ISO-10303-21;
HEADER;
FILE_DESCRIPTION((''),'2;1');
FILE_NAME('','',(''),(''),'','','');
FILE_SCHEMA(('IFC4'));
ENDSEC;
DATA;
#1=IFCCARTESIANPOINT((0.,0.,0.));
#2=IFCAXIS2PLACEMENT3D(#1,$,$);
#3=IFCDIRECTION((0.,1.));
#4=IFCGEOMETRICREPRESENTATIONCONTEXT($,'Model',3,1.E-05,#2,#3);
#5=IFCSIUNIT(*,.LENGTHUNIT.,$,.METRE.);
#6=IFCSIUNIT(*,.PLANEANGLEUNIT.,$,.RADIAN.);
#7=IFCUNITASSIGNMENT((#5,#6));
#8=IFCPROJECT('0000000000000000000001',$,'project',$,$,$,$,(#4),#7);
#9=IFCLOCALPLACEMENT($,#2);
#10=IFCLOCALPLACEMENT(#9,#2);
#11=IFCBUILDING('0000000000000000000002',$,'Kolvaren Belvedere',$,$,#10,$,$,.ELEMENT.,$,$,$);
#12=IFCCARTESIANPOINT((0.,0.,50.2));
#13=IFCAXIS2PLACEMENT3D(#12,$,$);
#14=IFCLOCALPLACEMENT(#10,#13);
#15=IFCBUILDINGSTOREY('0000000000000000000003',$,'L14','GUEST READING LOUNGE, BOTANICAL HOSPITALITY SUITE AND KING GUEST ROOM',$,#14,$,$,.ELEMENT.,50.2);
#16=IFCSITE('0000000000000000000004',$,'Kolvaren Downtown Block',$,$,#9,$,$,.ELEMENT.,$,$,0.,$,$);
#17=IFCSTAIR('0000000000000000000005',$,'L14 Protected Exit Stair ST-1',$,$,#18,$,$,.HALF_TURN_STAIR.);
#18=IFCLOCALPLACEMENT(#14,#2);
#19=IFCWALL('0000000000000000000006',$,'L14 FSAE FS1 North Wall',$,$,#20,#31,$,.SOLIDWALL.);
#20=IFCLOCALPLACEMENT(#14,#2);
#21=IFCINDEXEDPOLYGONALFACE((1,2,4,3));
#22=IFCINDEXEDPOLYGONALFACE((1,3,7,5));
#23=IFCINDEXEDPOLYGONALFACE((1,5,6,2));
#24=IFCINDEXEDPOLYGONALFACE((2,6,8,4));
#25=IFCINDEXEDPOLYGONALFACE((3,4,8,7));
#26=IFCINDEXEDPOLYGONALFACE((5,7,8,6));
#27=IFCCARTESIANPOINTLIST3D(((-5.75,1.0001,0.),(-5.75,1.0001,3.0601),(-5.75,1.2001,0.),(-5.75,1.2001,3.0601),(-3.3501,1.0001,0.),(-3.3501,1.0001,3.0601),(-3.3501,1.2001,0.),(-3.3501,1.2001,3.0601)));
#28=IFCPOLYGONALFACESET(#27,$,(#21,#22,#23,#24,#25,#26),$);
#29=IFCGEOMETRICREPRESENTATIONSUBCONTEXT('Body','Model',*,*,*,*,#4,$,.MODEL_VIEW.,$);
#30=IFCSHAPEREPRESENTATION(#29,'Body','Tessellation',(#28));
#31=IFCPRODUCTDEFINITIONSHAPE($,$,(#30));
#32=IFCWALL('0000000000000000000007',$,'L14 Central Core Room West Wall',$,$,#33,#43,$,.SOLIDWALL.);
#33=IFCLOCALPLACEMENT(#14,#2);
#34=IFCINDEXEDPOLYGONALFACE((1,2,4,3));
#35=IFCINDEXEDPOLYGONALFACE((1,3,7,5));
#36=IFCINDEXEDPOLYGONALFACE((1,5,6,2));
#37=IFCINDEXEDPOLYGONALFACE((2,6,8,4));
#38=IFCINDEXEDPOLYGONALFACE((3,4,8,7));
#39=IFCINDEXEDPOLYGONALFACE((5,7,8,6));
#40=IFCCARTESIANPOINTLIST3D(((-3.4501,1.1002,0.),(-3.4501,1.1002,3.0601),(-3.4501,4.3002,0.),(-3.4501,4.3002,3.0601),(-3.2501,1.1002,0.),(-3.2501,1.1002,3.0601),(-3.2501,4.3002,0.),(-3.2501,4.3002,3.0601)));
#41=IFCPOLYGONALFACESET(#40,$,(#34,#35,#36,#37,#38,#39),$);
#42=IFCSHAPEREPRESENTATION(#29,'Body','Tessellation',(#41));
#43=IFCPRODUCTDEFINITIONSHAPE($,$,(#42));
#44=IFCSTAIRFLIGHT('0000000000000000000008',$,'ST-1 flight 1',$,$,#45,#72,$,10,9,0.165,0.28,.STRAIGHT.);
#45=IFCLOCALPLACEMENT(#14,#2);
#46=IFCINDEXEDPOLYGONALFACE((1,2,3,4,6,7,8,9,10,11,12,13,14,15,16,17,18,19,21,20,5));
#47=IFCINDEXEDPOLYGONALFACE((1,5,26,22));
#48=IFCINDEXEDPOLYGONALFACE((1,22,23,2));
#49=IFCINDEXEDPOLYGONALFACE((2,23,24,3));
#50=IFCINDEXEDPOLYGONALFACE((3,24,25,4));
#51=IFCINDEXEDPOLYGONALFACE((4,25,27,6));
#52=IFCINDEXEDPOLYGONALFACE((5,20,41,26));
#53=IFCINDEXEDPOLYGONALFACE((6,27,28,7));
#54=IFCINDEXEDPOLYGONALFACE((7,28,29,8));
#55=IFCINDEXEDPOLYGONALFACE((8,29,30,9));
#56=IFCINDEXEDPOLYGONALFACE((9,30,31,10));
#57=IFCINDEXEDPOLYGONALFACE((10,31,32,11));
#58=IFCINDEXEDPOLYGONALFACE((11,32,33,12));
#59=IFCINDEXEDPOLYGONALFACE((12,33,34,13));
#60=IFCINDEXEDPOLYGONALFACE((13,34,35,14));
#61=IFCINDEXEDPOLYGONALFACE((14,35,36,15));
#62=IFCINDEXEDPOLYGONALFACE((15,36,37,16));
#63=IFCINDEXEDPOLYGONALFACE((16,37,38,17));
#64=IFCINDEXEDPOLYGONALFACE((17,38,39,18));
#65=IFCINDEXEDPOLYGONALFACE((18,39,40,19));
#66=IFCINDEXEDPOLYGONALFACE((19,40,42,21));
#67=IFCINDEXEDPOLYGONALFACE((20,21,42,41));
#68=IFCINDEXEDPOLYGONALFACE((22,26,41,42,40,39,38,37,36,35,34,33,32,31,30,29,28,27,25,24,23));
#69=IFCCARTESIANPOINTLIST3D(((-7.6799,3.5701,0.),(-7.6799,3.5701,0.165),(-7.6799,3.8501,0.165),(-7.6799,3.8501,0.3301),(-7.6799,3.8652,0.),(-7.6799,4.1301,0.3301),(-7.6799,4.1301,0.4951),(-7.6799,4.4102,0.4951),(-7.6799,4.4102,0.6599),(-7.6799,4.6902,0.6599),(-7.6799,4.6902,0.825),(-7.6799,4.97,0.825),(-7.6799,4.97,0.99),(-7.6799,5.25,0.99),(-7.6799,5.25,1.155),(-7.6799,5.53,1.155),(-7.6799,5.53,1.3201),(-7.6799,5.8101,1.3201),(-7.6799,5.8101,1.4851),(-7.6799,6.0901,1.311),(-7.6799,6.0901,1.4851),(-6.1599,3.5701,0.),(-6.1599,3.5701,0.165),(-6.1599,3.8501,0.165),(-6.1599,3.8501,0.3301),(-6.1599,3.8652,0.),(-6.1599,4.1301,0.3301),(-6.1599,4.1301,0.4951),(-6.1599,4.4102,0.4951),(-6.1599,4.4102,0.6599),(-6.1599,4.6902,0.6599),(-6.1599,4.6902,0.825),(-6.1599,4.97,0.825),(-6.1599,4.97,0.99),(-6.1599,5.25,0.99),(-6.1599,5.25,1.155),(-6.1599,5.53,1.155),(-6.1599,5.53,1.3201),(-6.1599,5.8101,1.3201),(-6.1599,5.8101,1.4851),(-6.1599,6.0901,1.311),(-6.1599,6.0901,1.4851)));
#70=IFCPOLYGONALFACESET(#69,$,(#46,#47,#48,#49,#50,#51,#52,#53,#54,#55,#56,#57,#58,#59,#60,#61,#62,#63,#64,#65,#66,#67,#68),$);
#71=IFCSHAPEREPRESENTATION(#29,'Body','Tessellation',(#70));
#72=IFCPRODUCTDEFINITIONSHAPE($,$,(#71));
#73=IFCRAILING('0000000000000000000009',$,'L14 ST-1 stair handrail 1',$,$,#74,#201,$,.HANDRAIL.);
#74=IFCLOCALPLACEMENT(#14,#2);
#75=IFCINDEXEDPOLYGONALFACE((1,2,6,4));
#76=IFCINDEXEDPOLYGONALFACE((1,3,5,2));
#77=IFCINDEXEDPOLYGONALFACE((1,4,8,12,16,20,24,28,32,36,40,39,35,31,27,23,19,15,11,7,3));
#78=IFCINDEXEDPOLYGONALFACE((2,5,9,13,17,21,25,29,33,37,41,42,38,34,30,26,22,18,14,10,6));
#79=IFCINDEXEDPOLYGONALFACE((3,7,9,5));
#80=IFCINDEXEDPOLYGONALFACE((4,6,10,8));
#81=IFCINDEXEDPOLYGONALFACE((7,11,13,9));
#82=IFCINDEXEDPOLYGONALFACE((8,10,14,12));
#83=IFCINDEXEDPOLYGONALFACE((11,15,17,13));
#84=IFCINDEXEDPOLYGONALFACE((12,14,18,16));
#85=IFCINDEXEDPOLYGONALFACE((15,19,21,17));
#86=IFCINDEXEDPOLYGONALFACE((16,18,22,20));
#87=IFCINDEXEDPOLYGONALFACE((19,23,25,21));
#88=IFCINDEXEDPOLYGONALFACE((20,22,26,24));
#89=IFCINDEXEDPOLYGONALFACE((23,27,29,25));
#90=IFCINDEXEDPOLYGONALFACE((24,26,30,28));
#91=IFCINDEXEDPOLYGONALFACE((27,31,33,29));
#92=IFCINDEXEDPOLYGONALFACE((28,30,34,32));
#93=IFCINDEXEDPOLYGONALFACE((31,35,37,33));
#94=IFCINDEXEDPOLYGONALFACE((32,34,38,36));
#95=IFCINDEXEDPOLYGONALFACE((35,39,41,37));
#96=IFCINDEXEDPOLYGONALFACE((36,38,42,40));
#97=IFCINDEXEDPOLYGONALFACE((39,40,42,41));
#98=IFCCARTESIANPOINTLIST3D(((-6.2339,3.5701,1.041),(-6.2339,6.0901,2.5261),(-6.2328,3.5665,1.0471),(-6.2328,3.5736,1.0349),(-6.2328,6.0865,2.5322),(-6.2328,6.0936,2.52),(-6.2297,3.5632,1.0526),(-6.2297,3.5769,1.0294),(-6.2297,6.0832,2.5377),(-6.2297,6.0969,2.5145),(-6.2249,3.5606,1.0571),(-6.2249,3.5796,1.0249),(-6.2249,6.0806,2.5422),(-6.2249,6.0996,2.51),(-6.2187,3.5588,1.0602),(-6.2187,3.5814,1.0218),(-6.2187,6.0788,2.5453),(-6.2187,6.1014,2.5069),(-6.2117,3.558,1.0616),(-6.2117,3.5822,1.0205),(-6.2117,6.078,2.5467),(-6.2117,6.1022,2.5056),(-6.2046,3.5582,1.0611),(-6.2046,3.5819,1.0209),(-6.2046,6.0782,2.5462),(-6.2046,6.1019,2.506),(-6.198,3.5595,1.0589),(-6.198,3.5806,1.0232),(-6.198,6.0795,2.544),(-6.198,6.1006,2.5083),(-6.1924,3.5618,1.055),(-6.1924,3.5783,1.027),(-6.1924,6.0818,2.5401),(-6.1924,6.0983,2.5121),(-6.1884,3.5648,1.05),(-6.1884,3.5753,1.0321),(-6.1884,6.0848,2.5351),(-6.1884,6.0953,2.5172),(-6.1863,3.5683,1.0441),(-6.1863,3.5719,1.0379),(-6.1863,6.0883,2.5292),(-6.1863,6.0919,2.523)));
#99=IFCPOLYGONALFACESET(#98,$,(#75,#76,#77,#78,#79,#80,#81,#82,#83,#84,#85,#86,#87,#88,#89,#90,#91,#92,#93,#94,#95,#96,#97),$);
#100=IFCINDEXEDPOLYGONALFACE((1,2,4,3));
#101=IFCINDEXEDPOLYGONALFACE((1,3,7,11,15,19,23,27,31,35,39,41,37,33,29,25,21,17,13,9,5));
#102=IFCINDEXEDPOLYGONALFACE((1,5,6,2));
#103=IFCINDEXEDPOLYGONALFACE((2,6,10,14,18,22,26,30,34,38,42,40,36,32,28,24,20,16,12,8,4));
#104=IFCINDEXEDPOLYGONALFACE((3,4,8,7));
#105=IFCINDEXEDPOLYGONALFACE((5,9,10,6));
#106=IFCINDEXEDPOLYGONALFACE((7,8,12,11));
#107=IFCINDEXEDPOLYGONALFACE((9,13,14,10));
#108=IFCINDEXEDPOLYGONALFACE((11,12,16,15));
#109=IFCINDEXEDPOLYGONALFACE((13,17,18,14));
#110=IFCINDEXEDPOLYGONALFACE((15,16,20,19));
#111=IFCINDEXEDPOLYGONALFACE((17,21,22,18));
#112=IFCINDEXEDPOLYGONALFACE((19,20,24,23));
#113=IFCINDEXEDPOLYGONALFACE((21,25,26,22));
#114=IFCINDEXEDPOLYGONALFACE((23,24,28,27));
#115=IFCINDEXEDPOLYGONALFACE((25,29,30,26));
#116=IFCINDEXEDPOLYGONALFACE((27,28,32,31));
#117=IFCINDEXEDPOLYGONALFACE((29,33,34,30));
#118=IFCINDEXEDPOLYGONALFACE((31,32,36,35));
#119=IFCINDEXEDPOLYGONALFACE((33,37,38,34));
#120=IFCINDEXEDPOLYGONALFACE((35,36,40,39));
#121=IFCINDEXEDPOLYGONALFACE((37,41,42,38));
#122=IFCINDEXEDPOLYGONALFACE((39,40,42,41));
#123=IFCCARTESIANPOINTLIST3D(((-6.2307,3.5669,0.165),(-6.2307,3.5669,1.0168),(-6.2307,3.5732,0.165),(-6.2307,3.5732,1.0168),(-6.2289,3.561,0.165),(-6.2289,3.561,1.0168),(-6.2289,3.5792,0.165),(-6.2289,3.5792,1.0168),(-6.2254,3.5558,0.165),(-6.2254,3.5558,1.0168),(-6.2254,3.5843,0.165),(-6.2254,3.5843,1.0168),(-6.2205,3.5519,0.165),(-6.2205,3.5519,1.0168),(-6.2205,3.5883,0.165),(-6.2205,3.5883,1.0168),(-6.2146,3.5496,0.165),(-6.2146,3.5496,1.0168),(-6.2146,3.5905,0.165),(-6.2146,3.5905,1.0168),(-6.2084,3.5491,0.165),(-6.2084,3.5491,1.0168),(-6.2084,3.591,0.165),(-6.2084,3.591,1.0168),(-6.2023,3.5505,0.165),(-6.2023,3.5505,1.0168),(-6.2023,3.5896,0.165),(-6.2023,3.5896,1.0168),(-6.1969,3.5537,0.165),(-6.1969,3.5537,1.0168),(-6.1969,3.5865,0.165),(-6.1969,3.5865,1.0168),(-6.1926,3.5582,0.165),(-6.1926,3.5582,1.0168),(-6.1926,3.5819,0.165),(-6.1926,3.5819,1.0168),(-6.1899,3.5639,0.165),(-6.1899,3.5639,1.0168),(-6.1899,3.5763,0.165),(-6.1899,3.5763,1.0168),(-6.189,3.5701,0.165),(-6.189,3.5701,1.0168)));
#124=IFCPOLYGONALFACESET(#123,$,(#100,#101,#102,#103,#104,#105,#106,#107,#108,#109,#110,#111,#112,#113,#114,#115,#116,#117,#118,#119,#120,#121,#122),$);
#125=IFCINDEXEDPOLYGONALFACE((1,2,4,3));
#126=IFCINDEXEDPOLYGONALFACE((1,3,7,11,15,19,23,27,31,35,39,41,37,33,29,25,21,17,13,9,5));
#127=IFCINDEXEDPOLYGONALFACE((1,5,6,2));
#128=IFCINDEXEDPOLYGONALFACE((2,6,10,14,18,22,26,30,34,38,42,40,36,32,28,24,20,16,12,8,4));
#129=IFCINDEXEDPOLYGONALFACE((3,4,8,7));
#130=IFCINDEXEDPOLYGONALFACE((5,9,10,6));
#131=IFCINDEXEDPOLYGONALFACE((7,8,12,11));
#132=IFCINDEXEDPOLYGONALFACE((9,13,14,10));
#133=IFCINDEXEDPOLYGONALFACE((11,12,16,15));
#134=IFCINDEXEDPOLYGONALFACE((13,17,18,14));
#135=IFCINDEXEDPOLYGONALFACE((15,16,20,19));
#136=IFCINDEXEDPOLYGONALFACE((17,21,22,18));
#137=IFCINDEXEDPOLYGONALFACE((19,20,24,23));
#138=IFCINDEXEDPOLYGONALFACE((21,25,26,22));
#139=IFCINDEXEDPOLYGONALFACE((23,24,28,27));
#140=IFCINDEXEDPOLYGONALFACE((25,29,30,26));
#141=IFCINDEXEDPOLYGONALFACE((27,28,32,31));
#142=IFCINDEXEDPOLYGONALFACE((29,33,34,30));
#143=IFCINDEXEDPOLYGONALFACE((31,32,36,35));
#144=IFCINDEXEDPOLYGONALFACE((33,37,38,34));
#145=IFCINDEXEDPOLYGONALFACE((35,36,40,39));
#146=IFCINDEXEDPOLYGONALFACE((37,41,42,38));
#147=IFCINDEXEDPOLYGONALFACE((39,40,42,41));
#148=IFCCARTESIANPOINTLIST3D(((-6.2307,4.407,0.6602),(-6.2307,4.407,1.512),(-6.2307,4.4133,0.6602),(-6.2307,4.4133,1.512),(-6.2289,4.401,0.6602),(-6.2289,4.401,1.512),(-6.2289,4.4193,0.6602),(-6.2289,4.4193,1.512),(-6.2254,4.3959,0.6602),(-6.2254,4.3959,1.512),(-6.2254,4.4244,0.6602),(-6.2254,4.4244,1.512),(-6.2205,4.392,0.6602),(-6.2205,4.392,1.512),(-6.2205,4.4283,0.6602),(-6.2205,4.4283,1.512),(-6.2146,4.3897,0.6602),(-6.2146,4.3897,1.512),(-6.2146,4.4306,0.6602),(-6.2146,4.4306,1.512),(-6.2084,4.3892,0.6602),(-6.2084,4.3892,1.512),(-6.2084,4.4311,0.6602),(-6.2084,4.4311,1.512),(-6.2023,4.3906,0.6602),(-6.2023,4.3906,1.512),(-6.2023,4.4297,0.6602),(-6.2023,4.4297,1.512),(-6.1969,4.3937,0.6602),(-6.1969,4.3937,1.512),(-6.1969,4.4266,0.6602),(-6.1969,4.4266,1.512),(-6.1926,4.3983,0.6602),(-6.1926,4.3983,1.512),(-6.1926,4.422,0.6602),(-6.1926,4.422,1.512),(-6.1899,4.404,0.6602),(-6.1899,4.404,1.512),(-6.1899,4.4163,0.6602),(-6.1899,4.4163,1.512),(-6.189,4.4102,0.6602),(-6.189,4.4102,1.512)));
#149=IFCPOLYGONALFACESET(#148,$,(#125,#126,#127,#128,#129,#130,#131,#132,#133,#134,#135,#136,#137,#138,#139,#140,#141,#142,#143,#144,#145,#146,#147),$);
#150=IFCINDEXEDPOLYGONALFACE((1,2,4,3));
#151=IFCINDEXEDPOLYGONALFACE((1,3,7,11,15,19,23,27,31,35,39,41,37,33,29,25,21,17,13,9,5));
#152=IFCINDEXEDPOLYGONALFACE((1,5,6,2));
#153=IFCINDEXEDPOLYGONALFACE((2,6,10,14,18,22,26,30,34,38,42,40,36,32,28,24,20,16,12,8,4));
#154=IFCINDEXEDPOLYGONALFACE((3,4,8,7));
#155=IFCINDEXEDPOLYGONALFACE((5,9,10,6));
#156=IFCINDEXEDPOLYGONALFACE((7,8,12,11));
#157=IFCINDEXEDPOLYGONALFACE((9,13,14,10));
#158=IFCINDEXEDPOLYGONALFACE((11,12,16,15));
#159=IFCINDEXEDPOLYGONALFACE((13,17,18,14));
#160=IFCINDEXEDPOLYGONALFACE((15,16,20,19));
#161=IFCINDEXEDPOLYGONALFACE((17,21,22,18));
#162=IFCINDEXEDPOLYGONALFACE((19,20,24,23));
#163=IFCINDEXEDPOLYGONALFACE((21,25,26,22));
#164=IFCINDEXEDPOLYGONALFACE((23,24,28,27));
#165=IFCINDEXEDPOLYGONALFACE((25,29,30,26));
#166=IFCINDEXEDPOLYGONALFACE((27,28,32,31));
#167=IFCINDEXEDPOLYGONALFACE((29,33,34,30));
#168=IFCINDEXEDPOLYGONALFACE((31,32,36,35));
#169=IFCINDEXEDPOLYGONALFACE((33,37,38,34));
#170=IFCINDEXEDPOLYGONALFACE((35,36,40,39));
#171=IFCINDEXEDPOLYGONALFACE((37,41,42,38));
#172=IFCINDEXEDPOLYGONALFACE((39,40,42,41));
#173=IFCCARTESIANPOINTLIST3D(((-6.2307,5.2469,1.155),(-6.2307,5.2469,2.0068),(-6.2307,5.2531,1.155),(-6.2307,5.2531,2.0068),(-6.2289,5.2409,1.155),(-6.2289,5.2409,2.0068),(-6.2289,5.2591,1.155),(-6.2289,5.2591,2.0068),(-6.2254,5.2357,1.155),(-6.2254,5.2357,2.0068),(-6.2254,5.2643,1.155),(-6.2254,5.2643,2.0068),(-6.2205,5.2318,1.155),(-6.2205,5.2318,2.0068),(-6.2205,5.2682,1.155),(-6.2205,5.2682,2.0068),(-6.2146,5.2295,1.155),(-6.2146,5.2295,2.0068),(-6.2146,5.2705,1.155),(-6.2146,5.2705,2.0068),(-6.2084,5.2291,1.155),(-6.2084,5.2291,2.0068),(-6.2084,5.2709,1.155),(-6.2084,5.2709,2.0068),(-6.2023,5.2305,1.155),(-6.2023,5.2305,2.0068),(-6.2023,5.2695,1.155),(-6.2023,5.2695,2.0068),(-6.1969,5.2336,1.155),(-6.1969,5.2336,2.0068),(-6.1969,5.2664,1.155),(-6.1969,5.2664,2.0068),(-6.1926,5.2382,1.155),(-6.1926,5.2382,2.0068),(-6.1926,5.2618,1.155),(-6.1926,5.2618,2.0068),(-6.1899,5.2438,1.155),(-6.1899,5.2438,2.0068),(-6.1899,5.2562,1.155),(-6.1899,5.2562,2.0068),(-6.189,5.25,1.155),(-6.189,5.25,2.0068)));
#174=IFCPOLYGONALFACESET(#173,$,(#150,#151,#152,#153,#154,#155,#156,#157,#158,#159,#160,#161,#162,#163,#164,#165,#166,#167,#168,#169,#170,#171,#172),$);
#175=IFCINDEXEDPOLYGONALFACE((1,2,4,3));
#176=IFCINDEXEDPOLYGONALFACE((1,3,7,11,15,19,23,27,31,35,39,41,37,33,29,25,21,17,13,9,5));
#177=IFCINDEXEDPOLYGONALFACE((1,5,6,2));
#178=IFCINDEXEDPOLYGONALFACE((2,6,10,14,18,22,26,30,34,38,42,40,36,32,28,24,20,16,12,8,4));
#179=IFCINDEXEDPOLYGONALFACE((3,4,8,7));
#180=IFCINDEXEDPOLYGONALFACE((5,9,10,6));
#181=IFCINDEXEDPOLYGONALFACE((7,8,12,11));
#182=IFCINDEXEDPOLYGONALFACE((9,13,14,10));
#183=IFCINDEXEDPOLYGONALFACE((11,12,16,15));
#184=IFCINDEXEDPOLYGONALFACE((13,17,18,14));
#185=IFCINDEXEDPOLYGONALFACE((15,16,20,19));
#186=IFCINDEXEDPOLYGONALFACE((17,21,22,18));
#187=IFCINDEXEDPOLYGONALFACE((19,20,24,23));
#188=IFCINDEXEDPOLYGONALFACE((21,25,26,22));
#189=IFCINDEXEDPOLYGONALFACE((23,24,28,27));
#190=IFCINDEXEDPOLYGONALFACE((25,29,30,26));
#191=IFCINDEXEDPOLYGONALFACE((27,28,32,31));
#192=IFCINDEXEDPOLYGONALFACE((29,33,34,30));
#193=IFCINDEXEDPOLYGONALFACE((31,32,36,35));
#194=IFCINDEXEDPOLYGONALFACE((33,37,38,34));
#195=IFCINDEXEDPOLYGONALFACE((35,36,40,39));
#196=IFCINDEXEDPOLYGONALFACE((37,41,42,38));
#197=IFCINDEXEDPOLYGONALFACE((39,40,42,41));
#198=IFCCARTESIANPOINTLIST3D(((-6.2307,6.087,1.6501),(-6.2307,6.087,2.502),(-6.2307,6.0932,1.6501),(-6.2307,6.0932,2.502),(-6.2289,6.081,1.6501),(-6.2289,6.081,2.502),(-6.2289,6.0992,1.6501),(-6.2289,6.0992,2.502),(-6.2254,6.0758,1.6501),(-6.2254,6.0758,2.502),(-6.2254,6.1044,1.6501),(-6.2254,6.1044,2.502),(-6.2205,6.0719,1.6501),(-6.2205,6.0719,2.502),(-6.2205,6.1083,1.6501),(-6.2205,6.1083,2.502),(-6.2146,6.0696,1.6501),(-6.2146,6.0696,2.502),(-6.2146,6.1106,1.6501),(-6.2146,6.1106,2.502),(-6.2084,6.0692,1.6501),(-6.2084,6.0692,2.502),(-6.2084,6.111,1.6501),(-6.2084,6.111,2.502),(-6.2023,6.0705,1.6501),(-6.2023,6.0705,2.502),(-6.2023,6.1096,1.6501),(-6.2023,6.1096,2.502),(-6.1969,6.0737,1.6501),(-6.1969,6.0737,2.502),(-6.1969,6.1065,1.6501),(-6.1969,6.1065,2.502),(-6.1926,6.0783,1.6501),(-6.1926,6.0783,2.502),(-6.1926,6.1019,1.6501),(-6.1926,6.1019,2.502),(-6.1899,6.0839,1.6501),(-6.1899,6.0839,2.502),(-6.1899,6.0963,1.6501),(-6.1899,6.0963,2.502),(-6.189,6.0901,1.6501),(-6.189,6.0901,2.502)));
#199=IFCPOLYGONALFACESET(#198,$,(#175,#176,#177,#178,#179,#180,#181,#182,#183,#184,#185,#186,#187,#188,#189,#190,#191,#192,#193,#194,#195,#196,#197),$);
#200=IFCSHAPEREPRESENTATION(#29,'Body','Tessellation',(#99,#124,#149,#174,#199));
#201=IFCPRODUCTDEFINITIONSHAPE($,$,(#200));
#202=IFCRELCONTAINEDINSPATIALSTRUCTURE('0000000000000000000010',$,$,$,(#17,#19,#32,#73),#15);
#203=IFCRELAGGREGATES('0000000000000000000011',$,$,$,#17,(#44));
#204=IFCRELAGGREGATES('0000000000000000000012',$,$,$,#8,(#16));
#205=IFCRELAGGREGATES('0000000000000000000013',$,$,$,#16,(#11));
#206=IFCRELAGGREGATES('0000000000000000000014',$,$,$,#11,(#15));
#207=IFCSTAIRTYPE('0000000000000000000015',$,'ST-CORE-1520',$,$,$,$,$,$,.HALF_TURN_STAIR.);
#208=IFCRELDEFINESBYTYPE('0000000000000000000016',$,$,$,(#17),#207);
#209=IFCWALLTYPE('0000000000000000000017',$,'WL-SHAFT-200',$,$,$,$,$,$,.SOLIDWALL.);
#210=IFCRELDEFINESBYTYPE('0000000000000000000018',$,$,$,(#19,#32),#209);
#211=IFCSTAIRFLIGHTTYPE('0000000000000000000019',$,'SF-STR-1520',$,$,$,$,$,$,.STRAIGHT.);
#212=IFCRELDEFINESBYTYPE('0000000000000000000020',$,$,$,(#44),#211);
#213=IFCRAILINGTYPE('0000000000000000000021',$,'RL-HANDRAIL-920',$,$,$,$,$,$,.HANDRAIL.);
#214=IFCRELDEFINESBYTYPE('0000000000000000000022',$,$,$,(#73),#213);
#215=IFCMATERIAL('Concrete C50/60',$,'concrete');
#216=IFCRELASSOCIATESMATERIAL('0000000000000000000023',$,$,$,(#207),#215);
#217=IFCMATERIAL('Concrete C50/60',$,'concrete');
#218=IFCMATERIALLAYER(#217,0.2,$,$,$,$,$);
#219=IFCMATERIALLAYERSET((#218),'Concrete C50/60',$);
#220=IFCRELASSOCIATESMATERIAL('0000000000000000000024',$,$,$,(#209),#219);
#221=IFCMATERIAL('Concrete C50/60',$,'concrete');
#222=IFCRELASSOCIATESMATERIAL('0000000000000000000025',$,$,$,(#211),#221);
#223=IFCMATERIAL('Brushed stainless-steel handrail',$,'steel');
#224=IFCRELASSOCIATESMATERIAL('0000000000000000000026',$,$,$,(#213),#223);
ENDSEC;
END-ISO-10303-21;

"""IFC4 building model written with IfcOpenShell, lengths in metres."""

from ifc_helpers import new_model, si_unit, direction, frame, frame_2d, origin, origin_2d, place, context, subcontext, project, spatial, polyline, rectangle, circle, outline, extrude, material, layer, layer_set, type_object, element, aggregate, save


model = new_model("IFC4")

# Units and contexts
model_context = context("Model", 3, precision=1e-05, world=origin(), true_north=direction((0.0, 1.0)))
body_context = subcontext(model_context, "Body", "Model", "MODEL_VIEW")
ifc_project = project(units=[si_unit("LENGTHUNIT", "METRE"), si_unit("PLANEANGLEUNIT", "RADIAN")], contexts=[model_context])

# Site, building, storey
site_placement = place(None, origin())
site = spatial("IfcSite", under=ifc_project, at=site_placement, Name="Kolvaren Downtown Block", CompositionType="ELEMENT", RefElevation=0.0)
building_placement = place(site_placement, origin())
building = spatial("IfcBuilding", under=site, at=building_placement, Name="Kolvaren Belvedere", CompositionType="ELEMENT")
storey_placement = place(building_placement, frame((0.0, 0.0, 50.2)))
storey = spatial("IfcBuildingStorey", under=building, at=storey_placement, Name="L14", Description="GUEST READING LOUNGE, BOTANICAL HOSPITALITY SUITE AND KING GUEST ROOM", CompositionType="ELEMENT", Elevation=50.2)

# Stair
ifc_material_1 = material(Name="Concrete C50/60", Category="concrete")
stair_type = type_object("IfcStairType", Name="ST-CORE-1520", PredefinedType="HALF_TURN_STAIR", material=ifc_material_1)
stair_placement = place(storey_placement, origin())
stair = element("IfcStair", 1, at=stair_placement, inside=storey, type_object=stair_type, Name="L14 Protected Exit Stair ST-1", PredefinedType="HALF_TURN_STAIR")

# Walls
ifc_material_2 = material(Name="Concrete C50/60", Category="concrete")
ifc_layer_1 = layer(ifc_material_2, 0.2)
ifc_layer_set_1 = layer_set([ifc_layer_1], Name="Concrete C50/60")
wall_type_1 = type_object("IfcWallType", Name="WL-SHAFT-200", PredefinedType="SOLIDWALL", material=ifc_layer_set_1)
wall_1_placement = place(storey_placement, frame((-5.75, 1.1001, 0.0), z_axis=(0.0, 0.0, 1.0), x_axis=(1.0, 0.0, 0.0)))
element("IfcWall", 2, at=wall_1_placement, inside=storey, type_object=wall_type_1, Name="L14 FSAE FS1 North Wall", PredefinedType="SOLIDWALL", context=body_context, shape_type="SweptSolid", body=[
    extrude(rectangle(XDim=2.3999, YDim=0.2, at=frame_2d((1.2, 0.0))), origin(), (0.0, 0.0, 1.0), 3.0601),
])
wall_2_placement = place(storey_placement, frame((-3.3501, 1.1001, 0.0), z_axis=(0.0, 0.0, 1.0), x_axis=(0.0, 1.0, 0.0)))
element("IfcWall", 3, at=wall_2_placement, inside=storey, type_object=wall_type_1, Name="L14 Central Core Room West Wall", PredefinedType="SOLIDWALL", context=body_context, shape_type="SweptSolid", body=[
    extrude(rectangle(XDim=3.2, YDim=0.2, at=frame_2d((1.6001, 0.0))), origin(), (0.0, 0.0, 1.0), 3.0601),
])

# Stair flight
ifc_material_3 = material(Name="Concrete C50/60", Category="concrete")
stair_flight_type = type_object("IfcStairFlightType", Name="SF-STR-1520", PredefinedType="STRAIGHT", material=ifc_material_3)
stair_flight_placement = place(storey_placement, frame((-6.9199, 3.5701, 0.0), z_axis=(0.0, 0.0, 1.0), x_axis=(0.0, 1.0, 0.0)))
stair_flight = element("IfcStairFlight", 4, at=stair_flight_placement, type_object=stair_flight_type, Name="ST-1 flight 1", NumberOfRisers=10, NumberOfTreads=9, PredefinedType="STRAIGHT", RiserHeight=0.165, TreadLength=0.28, context=body_context, shape_type="SweptSolid", body=[
    extrude(outline(polyline([(0.0, 0.0), (0.0, 0.165), (0.28, 0.165), (0.28, 0.3301), (0.5601, 0.3301), (0.5601, 0.4951), (0.8401, 0.4951), (0.8401, 0.6599), (1.1201, 0.6599), (1.1201, 0.825), (1.3999, 0.825), (1.3999, 0.99), (1.6799, 0.99), (1.6799, 1.155), (1.96, 1.155), (1.96, 1.3201), (2.24, 1.3201), (2.24, 1.4851), (2.52, 1.4851), (2.52, 1.6499), (2.52, 1.311), (0.2952, 0.0), (0.0, 0.0)])), frame((0.0, 0.76, 0.0), z_axis=(0.0, -1.0, 0.0), x_axis=(1.0, 0.0, 0.0)), (0.0, 0.0, 1.0), 1.52),
])
aggregate(stair, [stair_flight])

# Railing
ifc_material_4 = material(Name="Brushed stainless-steel handrail", Category="steel")
railing_type_1 = type_object("IfcRailingType", Name="RL-HANDRAIL-920", PredefinedType="HANDRAIL", material=ifc_material_4)
railing_1_placement = place(storey_placement, frame((-6.21, 3.5701, 0.165)))
element("IfcRailing", 5, at=railing_1_placement, inside=storey, type_object=railing_type_1, Name="L14 ST-1 stair handrail 1", PredefinedType="HANDRAIL", context=body_context, shape_type="SweptSolid", body=[
    extrude(circle(Radius=0.0239, at=origin_2d()), frame((0.0, 0.0, 0.876), z_axis=(0.0, 0.861524, 0.507717), x_axis=(-1.0, 0.0, 0.0)), (0.0, 0.0, 1.0), 2.925),
    extrude(circle(Radius=0.021, at=origin_2d()), origin(), (0.0, 0.0, 1.0), 0.8518),
    extrude(circle(Radius=0.021, at=origin_2d()), frame((0.0, 0.8401, 0.4951)), (0.0, 0.0, 1.0), 0.8518),
    extrude(circle(Radius=0.021, at=origin_2d()), frame((0.0, 1.6799, 0.99)), (0.0, 0.0, 1.0), 0.8518),
    extrude(circle(Radius=0.021, at=origin_2d()), frame((0.0, 2.52, 1.4851)), (0.0, 0.0, 1.0), 0.8518),
])

save(model, "model.ifc")
